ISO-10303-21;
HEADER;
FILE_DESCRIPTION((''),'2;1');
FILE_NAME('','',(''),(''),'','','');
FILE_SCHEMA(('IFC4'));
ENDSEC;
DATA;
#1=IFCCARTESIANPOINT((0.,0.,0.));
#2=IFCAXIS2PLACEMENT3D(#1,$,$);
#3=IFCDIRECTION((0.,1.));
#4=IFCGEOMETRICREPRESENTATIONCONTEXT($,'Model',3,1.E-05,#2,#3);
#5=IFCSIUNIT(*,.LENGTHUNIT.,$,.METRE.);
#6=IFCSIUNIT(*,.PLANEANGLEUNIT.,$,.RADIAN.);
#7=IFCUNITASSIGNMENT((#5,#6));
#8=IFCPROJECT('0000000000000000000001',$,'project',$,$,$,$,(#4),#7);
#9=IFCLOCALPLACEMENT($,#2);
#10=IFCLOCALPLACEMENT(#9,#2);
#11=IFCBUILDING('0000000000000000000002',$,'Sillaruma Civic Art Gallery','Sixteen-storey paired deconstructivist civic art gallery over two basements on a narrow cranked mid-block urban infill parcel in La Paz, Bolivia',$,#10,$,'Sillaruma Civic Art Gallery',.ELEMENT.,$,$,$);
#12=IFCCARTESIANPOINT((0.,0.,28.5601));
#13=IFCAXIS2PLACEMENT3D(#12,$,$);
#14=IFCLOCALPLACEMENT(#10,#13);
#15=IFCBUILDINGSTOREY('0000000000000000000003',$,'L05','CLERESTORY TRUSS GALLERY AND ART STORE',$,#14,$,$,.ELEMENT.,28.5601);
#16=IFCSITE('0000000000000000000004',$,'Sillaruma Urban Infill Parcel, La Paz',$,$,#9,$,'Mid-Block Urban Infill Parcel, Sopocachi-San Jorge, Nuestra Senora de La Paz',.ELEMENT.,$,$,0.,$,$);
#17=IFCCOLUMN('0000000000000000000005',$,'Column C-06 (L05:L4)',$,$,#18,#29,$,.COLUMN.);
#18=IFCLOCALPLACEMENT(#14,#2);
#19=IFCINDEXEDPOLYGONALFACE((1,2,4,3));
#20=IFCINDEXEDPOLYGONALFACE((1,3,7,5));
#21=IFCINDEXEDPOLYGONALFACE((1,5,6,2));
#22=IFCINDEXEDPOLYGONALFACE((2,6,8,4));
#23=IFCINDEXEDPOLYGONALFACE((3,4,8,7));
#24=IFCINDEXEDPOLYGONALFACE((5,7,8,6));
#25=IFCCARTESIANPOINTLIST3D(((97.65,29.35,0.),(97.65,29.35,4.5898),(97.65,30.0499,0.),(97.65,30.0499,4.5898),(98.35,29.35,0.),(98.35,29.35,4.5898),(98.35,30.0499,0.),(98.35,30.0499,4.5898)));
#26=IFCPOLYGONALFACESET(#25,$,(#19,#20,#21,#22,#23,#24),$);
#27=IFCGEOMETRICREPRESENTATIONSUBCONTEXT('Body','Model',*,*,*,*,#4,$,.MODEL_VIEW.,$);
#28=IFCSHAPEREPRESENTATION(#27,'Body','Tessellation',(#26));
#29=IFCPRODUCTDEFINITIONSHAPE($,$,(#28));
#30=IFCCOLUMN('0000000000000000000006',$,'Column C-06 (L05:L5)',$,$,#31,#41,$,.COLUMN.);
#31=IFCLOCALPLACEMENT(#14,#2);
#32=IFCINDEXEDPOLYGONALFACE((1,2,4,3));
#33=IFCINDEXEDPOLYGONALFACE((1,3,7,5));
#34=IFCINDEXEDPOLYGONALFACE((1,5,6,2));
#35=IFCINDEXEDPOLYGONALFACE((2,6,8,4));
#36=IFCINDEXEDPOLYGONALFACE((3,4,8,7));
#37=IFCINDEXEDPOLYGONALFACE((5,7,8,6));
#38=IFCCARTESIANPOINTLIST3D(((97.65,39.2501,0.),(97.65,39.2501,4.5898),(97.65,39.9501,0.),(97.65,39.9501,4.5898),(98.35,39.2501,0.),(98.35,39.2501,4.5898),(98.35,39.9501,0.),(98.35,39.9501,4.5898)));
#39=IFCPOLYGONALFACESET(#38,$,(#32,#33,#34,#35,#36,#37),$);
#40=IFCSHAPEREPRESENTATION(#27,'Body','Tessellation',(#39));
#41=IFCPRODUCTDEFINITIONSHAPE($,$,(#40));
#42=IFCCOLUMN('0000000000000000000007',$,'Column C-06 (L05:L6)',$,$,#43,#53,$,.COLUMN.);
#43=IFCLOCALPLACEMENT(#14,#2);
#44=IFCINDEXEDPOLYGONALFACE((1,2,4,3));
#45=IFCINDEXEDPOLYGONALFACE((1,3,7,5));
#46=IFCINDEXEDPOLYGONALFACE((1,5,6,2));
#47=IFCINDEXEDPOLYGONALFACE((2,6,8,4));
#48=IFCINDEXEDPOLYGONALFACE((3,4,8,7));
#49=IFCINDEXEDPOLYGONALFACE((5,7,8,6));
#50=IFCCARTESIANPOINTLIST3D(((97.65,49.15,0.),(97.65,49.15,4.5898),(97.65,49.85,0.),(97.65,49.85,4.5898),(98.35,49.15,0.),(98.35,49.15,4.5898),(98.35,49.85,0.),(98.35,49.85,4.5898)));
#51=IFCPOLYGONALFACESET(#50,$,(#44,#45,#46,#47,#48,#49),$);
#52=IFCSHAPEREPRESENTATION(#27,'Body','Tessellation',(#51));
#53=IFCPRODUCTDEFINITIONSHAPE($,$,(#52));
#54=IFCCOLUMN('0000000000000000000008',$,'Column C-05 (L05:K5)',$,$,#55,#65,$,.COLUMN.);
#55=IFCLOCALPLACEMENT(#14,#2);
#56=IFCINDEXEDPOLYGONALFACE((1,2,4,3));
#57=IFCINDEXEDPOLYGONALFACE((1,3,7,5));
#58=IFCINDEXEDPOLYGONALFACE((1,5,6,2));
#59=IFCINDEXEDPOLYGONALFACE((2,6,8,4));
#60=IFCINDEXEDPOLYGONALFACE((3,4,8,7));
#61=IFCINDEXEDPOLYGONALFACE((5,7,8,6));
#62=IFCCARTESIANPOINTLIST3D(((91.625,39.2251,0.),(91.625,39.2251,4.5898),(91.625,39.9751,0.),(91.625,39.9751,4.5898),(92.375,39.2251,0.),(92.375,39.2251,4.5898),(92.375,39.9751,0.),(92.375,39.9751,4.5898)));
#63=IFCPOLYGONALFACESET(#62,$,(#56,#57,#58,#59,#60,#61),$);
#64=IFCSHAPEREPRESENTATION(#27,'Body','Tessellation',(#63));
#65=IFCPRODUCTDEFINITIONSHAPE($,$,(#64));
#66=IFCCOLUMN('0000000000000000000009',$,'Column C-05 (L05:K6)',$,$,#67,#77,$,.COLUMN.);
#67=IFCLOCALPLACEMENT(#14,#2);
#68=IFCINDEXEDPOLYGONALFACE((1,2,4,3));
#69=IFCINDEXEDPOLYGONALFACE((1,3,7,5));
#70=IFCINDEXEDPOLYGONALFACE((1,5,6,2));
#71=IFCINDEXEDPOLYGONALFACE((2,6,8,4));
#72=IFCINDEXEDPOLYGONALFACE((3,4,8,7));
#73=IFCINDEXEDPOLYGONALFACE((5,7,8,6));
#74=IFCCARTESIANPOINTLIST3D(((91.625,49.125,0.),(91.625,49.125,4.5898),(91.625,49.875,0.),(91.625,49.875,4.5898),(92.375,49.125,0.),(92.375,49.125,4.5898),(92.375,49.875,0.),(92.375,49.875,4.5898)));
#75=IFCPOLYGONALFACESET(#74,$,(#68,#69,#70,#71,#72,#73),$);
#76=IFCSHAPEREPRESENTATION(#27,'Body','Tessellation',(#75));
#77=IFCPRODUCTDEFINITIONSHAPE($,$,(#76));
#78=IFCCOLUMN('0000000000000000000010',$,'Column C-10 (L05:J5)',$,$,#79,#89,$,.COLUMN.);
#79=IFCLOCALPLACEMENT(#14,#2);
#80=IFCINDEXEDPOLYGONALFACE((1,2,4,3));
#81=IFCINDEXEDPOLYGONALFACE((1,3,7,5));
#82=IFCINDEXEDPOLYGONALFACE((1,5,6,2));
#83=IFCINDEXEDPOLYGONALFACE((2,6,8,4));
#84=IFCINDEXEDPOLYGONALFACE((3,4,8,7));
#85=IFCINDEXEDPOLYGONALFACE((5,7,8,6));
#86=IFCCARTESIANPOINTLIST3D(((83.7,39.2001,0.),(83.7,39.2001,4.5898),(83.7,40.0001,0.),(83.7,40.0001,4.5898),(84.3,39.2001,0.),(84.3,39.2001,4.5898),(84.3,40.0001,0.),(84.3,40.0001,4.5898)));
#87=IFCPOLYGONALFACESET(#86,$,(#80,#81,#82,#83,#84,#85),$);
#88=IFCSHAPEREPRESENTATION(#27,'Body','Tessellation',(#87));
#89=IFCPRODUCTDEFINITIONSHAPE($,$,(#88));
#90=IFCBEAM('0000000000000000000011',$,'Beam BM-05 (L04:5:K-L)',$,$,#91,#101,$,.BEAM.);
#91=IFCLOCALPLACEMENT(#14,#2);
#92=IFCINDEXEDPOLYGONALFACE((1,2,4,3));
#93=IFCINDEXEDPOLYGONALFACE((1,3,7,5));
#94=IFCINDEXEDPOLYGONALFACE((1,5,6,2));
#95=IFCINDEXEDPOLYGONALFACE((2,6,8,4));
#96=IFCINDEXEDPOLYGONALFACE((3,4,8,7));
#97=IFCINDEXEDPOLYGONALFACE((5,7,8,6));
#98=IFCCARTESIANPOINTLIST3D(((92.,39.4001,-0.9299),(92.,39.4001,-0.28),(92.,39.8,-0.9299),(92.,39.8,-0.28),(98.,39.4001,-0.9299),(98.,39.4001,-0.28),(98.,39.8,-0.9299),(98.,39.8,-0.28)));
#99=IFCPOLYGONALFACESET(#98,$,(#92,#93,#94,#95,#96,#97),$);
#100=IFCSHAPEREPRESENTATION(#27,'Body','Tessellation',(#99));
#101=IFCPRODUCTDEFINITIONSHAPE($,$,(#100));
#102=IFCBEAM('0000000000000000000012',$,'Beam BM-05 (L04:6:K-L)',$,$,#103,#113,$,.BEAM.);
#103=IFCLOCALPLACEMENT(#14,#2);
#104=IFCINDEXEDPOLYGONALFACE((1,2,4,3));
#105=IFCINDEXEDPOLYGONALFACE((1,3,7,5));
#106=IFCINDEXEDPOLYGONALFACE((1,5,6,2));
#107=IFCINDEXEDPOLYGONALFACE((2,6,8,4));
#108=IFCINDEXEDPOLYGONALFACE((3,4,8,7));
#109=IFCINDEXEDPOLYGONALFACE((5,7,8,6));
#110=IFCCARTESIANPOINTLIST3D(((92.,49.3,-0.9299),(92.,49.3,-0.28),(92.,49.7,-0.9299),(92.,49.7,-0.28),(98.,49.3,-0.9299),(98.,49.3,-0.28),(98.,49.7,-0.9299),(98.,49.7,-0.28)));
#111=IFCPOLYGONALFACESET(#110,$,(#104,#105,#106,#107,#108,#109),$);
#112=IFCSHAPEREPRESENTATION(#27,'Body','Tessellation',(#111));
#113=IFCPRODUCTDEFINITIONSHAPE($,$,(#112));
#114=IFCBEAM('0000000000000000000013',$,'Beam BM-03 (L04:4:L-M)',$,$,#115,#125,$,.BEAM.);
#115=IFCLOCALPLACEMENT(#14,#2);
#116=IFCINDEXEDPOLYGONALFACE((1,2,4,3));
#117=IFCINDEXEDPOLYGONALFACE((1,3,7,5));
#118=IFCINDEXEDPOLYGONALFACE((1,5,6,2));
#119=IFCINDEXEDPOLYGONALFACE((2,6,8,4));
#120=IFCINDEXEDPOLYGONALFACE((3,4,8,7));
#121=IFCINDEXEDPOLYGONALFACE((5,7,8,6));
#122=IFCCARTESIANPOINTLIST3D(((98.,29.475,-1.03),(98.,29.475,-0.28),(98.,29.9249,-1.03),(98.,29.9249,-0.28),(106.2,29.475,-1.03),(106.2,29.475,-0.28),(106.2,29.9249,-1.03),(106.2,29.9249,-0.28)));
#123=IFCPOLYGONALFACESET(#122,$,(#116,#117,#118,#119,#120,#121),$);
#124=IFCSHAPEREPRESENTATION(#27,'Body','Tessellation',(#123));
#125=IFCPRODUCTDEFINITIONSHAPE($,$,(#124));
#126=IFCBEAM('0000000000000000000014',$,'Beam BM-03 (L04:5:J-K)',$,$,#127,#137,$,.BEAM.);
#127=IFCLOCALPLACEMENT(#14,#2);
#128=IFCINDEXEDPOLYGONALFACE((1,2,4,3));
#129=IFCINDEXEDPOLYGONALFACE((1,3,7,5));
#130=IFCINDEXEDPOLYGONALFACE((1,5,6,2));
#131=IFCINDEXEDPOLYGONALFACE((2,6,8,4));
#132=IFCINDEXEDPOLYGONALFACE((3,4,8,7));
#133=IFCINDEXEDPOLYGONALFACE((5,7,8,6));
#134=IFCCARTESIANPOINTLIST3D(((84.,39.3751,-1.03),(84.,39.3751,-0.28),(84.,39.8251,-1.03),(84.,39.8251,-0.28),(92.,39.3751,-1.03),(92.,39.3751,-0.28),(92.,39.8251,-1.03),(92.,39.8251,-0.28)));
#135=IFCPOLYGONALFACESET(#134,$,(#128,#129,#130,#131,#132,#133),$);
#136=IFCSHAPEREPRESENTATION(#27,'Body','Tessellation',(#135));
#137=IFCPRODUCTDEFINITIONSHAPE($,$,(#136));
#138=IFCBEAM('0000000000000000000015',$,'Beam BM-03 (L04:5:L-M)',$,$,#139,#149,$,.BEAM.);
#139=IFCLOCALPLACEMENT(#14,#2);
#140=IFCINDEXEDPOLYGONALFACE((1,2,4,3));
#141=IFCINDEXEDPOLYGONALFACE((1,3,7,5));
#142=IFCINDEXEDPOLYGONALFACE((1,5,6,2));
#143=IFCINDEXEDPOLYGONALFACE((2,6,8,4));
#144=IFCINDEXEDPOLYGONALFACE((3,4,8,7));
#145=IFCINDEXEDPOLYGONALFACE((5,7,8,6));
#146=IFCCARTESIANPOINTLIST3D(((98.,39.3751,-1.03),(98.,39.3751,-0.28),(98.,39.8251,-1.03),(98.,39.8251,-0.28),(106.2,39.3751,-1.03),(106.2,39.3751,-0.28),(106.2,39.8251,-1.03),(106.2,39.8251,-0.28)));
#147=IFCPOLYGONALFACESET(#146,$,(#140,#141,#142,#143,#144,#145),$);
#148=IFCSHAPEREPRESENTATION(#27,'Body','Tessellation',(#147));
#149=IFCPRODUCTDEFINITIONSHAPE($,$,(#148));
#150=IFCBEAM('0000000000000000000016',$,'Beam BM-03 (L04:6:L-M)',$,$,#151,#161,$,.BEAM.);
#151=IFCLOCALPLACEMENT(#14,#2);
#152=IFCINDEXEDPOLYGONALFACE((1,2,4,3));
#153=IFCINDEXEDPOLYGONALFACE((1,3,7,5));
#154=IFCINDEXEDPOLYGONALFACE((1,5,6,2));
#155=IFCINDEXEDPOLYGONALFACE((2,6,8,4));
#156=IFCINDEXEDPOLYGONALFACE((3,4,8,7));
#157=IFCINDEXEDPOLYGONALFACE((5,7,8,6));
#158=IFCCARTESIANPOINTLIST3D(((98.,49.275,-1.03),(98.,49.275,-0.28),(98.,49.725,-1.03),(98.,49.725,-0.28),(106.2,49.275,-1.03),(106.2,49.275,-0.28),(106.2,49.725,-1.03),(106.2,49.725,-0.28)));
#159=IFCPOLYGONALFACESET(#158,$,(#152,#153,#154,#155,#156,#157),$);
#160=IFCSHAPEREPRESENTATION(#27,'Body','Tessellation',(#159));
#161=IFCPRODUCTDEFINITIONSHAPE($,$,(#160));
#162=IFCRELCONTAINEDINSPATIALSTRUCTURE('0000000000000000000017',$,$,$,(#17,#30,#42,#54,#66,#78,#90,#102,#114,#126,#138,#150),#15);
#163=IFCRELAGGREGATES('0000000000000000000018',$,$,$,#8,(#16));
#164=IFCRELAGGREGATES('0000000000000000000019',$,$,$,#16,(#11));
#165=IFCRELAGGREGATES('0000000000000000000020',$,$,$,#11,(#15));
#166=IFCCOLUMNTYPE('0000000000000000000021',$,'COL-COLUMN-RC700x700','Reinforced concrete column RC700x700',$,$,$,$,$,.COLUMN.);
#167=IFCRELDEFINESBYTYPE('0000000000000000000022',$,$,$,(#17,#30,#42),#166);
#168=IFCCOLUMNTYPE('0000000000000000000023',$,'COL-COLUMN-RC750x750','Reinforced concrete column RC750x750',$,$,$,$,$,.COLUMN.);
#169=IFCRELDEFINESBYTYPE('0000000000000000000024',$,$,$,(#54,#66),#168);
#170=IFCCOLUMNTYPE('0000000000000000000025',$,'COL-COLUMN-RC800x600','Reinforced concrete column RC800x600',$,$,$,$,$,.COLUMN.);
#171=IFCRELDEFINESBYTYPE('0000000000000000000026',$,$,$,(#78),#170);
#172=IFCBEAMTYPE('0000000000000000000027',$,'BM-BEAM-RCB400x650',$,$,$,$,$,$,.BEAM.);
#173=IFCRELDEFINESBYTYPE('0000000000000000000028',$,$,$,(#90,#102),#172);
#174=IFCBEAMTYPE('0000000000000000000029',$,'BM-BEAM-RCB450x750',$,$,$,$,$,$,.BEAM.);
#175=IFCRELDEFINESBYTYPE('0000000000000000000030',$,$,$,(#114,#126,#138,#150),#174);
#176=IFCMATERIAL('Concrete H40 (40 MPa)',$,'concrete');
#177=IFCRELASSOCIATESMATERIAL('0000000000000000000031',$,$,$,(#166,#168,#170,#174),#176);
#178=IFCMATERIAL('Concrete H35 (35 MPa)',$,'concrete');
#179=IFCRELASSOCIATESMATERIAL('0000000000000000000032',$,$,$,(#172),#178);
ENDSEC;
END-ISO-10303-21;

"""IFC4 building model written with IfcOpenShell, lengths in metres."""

from ifc_helpers import new_model, si_unit, direction, frame, origin, origin_2d, place, context, subcontext, project, spatial, rectangle, extrude, material, material_profile, profile_set, type_object, element, save


model = new_model("IFC4")

# Units and contexts
model_context = context("Model", 3, precision=1e-05, world=origin(), true_north=direction((0.0, 1.0)))
body_context = subcontext(model_context, "Body", "Model", "MODEL_VIEW")
ifc_project = project(units=[si_unit("LENGTHUNIT", "METRE"), si_unit("PLANEANGLEUNIT", "RADIAN")], contexts=[model_context])

# Site, building, storey
site_placement = place(None, origin())
site = spatial("IfcSite", under=ifc_project, at=site_placement, Name="Sillaruma Urban Infill Parcel, La Paz", LongName="Mid-Block Urban Infill Parcel, Sopocachi-San Jorge, Nuestra Senora de La Paz", CompositionType="ELEMENT", RefElevation=0.0)
building_placement = place(site_placement, origin())
building = spatial("IfcBuilding", under=site, at=building_placement, Name="Sillaruma Civic Art Gallery", Description="Sixteen-storey paired deconstructivist civic art gallery over two basements on a narrow cranked mid-block urban infill parcel in La Paz, Bolivia", LongName="Sillaruma Civic Art Gallery", CompositionType="ELEMENT")
storey_placement = place(building_placement, frame((0.0, 0.0, 28.5601)))
storey = spatial("IfcBuildingStorey", under=building, at=storey_placement, Name="L05", Description="CLERESTORY TRUSS GALLERY AND ART STORE", CompositionType="ELEMENT", Elevation=28.5601)

# Columns
ifc_material_1 = material(Name="Concrete H40 (40 MPa)", Category="concrete")
ifc_material_profile_1 = material_profile(ifc_material_1, rectangle(XDim=0.7, YDim=0.7, at=origin_2d()), Name="RC700x700")
ifc_profile_set_1 = profile_set([ifc_material_profile_1], Name="Concrete H40 (40 MPa)")
column_type_1 = type_object("IfcColumnType", Name="COL-COLUMN-RC700x700", Description="Reinforced concrete column RC700x700", PredefinedType="COLUMN", material=ifc_profile_set_1)
for number, where, z_axis, x_axis, name in (
    (1, (98.0, 29.7, 0.0), (0.0, 0.0, 1.0), (1.0, 0.0, 0.0), "Column C-06 (L05:L4)"),
    (2, (98.0, 39.6001, 0.0), (0.0, 0.0, 1.0), (1.0, 0.0, 0.0), "Column C-06 (L05:L5)"),
    (3, (98.0, 49.5, 0.0), (0.0, 0.0, 1.0), (1.0, 0.0, 0.0), "Column C-06 (L05:L6)"),
):
    element("IfcColumn", number, at=place(storey_placement, frame(where, z_axis=z_axis, x_axis=x_axis)), inside=storey, type_object=column_type_1, Name=name, PredefinedType="COLUMN", context=body_context, shape_type="SweptSolid", body=[
        extrude(rectangle(XDim=0.7, YDim=0.7, at=origin_2d()), origin(), (0.0, 0.0, 1.0), 4.5898),
    ])
ifc_material_profile_2 = material_profile(ifc_material_1, rectangle(XDim=0.75, YDim=0.75, at=origin_2d()), Name="RC750x750")
ifc_profile_set_2 = profile_set([ifc_material_profile_2], Name="Concrete H40 (40 MPa)")
column_type_2 = type_object("IfcColumnType", Name="COL-COLUMN-RC750x750", Description="Reinforced concrete column RC750x750", PredefinedType="COLUMN", material=ifc_profile_set_2)
for number, where, z_axis, x_axis, name in (
    (4, (92.0, 39.6001, 0.0), (0.0, 0.0, 1.0), (1.0, 0.0, 0.0), "Column C-05 (L05:K5)"),
    (5, (92.0, 49.5, 0.0), (0.0, 0.0, 1.0), (1.0, 0.0, 0.0), "Column C-05 (L05:K6)"),
):
    element("IfcColumn", number, at=place(storey_placement, frame(where, z_axis=z_axis, x_axis=x_axis)), inside=storey, type_object=column_type_2, Name=name, PredefinedType="COLUMN", context=body_context, shape_type="SweptSolid", body=[
        extrude(rectangle(XDim=0.75, YDim=0.75, at=origin_2d()), origin(), (0.0, 0.0, 1.0), 4.5898),
    ])
ifc_material_profile_3 = material_profile(ifc_material_1, rectangle(XDim=0.6001, YDim=0.8, at=origin_2d()), Name="RC800x600")
ifc_profile_set_3 = profile_set([ifc_material_profile_3], Name="Concrete H40 (40 MPa)")
column_type_3 = type_object("IfcColumnType", Name="COL-COLUMN-RC800x600", Description="Reinforced concrete column RC800x600", PredefinedType="COLUMN", material=ifc_profile_set_3)
column_placement = place(storey_placement, frame((84.0, 39.6001, 0.0), z_axis=(0.0, 0.0, 1.0), x_axis=(1.0, 0.0, 0.0)))
element("IfcColumn", 6, at=column_placement, inside=storey, type_object=column_type_3, Name="Column C-10 (L05:J5)", PredefinedType="COLUMN", context=body_context, shape_type="SweptSolid", body=[
    extrude(rectangle(XDim=0.6001, YDim=0.8, at=origin_2d()), origin(), (0.0, 0.0, 1.0), 4.5898),
])

# Beams
ifc_material_2 = material(Name="Concrete H35 (35 MPa)", Category="concrete")
ifc_material_profile_4 = material_profile(ifc_material_2, rectangle(XDim=0.3999, YDim=0.6499, at=origin_2d()), Name="RCB400x650")
ifc_profile_set_4 = profile_set([ifc_material_profile_4], Name="Concrete H35 (35 MPa)")
beam_type_1 = type_object("IfcBeamType", Name="BM-BEAM-RCB400x650", PredefinedType="BEAM", material=ifc_profile_set_4)
for number, where, z_axis, x_axis, name in (
    (7, (92.0, 39.6001, -0.605), (1.0, 0.0, 0.0), (0.0, 1.0, 0.0), "Beam BM-05 (L04:5:K-L)"),
    (8, (92.0, 49.5, -0.605), (1.0, 0.0, 0.0), (0.0, 1.0, 0.0), "Beam BM-05 (L04:6:K-L)"),
):
    element("IfcBeam", number, at=place(storey_placement, frame(where, z_axis=z_axis, x_axis=x_axis)), inside=storey, type_object=beam_type_1, Name=name, PredefinedType="BEAM", context=body_context, shape_type="SweptSolid", body=[
        extrude(rectangle(XDim=0.3999, YDim=0.6499, at=origin_2d()), origin(), (0.0, 0.0, 1.0), 6.0),
    ])
ifc_material_profile_5 = material_profile(ifc_material_1, rectangle(XDim=0.45, YDim=0.75, at=origin_2d()), Name="RCB450x750")
ifc_profile_set_5 = profile_set([ifc_material_profile_5], Name="Concrete H40 (40 MPa)")
beam_type_2 = type_object("IfcBeamType", Name="BM-BEAM-RCB450x750", PredefinedType="BEAM", material=ifc_profile_set_5)
beam_1_placement = place(storey_placement, frame((98.0, 29.7, -0.655), z_axis=(1.0, 0.0, 0.0), x_axis=(0.0, 1.0, 0.0)))
element("IfcBeam", 9, at=beam_1_placement, inside=storey, type_object=beam_type_2, Name="Beam BM-03 (L04:4:L-M)", PredefinedType="BEAM", context=body_context, shape_type="SweptSolid", body=[
    extrude(rectangle(XDim=0.45, YDim=0.75, at=origin_2d()), origin(), (0.0, 0.0, 1.0), 8.2),
])
beam_2_placement = place(storey_placement, frame((84.0, 39.6001, -0.655), z_axis=(1.0, 0.0, 0.0), x_axis=(0.0, 1.0, 0.0)))
element("IfcBeam", 10, at=beam_2_placement, inside=storey, type_object=beam_type_2, Name="Beam BM-03 (L04:5:J-K)", PredefinedType="BEAM", context=body_context, shape_type="SweptSolid", body=[
    extrude(rectangle(XDim=0.45, YDim=0.75, at=origin_2d()), origin(), (0.0, 0.0, 1.0), 8.0),
])
for number, where, z_axis, x_axis, name in (
    (11, (98.0, 39.6001, -0.655), (1.0, 0.0, 0.0), (0.0, 1.0, 0.0), "Beam BM-03 (L04:5:L-M)"),
    (12, (98.0, 49.5, -0.655), (1.0, 0.0, 0.0), (0.0, 1.0, 0.0), "Beam BM-03 (L04:6:L-M)"),
):
    element("IfcBeam", number, at=place(storey_placement, frame(where, z_axis=z_axis, x_axis=x_axis)), inside=storey, type_object=beam_type_2, Name=name, PredefinedType="BEAM", context=body_context, shape_type="SweptSolid", body=[
        extrude(rectangle(XDim=0.45, YDim=0.75, at=origin_2d()), origin(), (0.0, 0.0, 1.0), 8.2),
    ])

save(model, "model.ifc")
